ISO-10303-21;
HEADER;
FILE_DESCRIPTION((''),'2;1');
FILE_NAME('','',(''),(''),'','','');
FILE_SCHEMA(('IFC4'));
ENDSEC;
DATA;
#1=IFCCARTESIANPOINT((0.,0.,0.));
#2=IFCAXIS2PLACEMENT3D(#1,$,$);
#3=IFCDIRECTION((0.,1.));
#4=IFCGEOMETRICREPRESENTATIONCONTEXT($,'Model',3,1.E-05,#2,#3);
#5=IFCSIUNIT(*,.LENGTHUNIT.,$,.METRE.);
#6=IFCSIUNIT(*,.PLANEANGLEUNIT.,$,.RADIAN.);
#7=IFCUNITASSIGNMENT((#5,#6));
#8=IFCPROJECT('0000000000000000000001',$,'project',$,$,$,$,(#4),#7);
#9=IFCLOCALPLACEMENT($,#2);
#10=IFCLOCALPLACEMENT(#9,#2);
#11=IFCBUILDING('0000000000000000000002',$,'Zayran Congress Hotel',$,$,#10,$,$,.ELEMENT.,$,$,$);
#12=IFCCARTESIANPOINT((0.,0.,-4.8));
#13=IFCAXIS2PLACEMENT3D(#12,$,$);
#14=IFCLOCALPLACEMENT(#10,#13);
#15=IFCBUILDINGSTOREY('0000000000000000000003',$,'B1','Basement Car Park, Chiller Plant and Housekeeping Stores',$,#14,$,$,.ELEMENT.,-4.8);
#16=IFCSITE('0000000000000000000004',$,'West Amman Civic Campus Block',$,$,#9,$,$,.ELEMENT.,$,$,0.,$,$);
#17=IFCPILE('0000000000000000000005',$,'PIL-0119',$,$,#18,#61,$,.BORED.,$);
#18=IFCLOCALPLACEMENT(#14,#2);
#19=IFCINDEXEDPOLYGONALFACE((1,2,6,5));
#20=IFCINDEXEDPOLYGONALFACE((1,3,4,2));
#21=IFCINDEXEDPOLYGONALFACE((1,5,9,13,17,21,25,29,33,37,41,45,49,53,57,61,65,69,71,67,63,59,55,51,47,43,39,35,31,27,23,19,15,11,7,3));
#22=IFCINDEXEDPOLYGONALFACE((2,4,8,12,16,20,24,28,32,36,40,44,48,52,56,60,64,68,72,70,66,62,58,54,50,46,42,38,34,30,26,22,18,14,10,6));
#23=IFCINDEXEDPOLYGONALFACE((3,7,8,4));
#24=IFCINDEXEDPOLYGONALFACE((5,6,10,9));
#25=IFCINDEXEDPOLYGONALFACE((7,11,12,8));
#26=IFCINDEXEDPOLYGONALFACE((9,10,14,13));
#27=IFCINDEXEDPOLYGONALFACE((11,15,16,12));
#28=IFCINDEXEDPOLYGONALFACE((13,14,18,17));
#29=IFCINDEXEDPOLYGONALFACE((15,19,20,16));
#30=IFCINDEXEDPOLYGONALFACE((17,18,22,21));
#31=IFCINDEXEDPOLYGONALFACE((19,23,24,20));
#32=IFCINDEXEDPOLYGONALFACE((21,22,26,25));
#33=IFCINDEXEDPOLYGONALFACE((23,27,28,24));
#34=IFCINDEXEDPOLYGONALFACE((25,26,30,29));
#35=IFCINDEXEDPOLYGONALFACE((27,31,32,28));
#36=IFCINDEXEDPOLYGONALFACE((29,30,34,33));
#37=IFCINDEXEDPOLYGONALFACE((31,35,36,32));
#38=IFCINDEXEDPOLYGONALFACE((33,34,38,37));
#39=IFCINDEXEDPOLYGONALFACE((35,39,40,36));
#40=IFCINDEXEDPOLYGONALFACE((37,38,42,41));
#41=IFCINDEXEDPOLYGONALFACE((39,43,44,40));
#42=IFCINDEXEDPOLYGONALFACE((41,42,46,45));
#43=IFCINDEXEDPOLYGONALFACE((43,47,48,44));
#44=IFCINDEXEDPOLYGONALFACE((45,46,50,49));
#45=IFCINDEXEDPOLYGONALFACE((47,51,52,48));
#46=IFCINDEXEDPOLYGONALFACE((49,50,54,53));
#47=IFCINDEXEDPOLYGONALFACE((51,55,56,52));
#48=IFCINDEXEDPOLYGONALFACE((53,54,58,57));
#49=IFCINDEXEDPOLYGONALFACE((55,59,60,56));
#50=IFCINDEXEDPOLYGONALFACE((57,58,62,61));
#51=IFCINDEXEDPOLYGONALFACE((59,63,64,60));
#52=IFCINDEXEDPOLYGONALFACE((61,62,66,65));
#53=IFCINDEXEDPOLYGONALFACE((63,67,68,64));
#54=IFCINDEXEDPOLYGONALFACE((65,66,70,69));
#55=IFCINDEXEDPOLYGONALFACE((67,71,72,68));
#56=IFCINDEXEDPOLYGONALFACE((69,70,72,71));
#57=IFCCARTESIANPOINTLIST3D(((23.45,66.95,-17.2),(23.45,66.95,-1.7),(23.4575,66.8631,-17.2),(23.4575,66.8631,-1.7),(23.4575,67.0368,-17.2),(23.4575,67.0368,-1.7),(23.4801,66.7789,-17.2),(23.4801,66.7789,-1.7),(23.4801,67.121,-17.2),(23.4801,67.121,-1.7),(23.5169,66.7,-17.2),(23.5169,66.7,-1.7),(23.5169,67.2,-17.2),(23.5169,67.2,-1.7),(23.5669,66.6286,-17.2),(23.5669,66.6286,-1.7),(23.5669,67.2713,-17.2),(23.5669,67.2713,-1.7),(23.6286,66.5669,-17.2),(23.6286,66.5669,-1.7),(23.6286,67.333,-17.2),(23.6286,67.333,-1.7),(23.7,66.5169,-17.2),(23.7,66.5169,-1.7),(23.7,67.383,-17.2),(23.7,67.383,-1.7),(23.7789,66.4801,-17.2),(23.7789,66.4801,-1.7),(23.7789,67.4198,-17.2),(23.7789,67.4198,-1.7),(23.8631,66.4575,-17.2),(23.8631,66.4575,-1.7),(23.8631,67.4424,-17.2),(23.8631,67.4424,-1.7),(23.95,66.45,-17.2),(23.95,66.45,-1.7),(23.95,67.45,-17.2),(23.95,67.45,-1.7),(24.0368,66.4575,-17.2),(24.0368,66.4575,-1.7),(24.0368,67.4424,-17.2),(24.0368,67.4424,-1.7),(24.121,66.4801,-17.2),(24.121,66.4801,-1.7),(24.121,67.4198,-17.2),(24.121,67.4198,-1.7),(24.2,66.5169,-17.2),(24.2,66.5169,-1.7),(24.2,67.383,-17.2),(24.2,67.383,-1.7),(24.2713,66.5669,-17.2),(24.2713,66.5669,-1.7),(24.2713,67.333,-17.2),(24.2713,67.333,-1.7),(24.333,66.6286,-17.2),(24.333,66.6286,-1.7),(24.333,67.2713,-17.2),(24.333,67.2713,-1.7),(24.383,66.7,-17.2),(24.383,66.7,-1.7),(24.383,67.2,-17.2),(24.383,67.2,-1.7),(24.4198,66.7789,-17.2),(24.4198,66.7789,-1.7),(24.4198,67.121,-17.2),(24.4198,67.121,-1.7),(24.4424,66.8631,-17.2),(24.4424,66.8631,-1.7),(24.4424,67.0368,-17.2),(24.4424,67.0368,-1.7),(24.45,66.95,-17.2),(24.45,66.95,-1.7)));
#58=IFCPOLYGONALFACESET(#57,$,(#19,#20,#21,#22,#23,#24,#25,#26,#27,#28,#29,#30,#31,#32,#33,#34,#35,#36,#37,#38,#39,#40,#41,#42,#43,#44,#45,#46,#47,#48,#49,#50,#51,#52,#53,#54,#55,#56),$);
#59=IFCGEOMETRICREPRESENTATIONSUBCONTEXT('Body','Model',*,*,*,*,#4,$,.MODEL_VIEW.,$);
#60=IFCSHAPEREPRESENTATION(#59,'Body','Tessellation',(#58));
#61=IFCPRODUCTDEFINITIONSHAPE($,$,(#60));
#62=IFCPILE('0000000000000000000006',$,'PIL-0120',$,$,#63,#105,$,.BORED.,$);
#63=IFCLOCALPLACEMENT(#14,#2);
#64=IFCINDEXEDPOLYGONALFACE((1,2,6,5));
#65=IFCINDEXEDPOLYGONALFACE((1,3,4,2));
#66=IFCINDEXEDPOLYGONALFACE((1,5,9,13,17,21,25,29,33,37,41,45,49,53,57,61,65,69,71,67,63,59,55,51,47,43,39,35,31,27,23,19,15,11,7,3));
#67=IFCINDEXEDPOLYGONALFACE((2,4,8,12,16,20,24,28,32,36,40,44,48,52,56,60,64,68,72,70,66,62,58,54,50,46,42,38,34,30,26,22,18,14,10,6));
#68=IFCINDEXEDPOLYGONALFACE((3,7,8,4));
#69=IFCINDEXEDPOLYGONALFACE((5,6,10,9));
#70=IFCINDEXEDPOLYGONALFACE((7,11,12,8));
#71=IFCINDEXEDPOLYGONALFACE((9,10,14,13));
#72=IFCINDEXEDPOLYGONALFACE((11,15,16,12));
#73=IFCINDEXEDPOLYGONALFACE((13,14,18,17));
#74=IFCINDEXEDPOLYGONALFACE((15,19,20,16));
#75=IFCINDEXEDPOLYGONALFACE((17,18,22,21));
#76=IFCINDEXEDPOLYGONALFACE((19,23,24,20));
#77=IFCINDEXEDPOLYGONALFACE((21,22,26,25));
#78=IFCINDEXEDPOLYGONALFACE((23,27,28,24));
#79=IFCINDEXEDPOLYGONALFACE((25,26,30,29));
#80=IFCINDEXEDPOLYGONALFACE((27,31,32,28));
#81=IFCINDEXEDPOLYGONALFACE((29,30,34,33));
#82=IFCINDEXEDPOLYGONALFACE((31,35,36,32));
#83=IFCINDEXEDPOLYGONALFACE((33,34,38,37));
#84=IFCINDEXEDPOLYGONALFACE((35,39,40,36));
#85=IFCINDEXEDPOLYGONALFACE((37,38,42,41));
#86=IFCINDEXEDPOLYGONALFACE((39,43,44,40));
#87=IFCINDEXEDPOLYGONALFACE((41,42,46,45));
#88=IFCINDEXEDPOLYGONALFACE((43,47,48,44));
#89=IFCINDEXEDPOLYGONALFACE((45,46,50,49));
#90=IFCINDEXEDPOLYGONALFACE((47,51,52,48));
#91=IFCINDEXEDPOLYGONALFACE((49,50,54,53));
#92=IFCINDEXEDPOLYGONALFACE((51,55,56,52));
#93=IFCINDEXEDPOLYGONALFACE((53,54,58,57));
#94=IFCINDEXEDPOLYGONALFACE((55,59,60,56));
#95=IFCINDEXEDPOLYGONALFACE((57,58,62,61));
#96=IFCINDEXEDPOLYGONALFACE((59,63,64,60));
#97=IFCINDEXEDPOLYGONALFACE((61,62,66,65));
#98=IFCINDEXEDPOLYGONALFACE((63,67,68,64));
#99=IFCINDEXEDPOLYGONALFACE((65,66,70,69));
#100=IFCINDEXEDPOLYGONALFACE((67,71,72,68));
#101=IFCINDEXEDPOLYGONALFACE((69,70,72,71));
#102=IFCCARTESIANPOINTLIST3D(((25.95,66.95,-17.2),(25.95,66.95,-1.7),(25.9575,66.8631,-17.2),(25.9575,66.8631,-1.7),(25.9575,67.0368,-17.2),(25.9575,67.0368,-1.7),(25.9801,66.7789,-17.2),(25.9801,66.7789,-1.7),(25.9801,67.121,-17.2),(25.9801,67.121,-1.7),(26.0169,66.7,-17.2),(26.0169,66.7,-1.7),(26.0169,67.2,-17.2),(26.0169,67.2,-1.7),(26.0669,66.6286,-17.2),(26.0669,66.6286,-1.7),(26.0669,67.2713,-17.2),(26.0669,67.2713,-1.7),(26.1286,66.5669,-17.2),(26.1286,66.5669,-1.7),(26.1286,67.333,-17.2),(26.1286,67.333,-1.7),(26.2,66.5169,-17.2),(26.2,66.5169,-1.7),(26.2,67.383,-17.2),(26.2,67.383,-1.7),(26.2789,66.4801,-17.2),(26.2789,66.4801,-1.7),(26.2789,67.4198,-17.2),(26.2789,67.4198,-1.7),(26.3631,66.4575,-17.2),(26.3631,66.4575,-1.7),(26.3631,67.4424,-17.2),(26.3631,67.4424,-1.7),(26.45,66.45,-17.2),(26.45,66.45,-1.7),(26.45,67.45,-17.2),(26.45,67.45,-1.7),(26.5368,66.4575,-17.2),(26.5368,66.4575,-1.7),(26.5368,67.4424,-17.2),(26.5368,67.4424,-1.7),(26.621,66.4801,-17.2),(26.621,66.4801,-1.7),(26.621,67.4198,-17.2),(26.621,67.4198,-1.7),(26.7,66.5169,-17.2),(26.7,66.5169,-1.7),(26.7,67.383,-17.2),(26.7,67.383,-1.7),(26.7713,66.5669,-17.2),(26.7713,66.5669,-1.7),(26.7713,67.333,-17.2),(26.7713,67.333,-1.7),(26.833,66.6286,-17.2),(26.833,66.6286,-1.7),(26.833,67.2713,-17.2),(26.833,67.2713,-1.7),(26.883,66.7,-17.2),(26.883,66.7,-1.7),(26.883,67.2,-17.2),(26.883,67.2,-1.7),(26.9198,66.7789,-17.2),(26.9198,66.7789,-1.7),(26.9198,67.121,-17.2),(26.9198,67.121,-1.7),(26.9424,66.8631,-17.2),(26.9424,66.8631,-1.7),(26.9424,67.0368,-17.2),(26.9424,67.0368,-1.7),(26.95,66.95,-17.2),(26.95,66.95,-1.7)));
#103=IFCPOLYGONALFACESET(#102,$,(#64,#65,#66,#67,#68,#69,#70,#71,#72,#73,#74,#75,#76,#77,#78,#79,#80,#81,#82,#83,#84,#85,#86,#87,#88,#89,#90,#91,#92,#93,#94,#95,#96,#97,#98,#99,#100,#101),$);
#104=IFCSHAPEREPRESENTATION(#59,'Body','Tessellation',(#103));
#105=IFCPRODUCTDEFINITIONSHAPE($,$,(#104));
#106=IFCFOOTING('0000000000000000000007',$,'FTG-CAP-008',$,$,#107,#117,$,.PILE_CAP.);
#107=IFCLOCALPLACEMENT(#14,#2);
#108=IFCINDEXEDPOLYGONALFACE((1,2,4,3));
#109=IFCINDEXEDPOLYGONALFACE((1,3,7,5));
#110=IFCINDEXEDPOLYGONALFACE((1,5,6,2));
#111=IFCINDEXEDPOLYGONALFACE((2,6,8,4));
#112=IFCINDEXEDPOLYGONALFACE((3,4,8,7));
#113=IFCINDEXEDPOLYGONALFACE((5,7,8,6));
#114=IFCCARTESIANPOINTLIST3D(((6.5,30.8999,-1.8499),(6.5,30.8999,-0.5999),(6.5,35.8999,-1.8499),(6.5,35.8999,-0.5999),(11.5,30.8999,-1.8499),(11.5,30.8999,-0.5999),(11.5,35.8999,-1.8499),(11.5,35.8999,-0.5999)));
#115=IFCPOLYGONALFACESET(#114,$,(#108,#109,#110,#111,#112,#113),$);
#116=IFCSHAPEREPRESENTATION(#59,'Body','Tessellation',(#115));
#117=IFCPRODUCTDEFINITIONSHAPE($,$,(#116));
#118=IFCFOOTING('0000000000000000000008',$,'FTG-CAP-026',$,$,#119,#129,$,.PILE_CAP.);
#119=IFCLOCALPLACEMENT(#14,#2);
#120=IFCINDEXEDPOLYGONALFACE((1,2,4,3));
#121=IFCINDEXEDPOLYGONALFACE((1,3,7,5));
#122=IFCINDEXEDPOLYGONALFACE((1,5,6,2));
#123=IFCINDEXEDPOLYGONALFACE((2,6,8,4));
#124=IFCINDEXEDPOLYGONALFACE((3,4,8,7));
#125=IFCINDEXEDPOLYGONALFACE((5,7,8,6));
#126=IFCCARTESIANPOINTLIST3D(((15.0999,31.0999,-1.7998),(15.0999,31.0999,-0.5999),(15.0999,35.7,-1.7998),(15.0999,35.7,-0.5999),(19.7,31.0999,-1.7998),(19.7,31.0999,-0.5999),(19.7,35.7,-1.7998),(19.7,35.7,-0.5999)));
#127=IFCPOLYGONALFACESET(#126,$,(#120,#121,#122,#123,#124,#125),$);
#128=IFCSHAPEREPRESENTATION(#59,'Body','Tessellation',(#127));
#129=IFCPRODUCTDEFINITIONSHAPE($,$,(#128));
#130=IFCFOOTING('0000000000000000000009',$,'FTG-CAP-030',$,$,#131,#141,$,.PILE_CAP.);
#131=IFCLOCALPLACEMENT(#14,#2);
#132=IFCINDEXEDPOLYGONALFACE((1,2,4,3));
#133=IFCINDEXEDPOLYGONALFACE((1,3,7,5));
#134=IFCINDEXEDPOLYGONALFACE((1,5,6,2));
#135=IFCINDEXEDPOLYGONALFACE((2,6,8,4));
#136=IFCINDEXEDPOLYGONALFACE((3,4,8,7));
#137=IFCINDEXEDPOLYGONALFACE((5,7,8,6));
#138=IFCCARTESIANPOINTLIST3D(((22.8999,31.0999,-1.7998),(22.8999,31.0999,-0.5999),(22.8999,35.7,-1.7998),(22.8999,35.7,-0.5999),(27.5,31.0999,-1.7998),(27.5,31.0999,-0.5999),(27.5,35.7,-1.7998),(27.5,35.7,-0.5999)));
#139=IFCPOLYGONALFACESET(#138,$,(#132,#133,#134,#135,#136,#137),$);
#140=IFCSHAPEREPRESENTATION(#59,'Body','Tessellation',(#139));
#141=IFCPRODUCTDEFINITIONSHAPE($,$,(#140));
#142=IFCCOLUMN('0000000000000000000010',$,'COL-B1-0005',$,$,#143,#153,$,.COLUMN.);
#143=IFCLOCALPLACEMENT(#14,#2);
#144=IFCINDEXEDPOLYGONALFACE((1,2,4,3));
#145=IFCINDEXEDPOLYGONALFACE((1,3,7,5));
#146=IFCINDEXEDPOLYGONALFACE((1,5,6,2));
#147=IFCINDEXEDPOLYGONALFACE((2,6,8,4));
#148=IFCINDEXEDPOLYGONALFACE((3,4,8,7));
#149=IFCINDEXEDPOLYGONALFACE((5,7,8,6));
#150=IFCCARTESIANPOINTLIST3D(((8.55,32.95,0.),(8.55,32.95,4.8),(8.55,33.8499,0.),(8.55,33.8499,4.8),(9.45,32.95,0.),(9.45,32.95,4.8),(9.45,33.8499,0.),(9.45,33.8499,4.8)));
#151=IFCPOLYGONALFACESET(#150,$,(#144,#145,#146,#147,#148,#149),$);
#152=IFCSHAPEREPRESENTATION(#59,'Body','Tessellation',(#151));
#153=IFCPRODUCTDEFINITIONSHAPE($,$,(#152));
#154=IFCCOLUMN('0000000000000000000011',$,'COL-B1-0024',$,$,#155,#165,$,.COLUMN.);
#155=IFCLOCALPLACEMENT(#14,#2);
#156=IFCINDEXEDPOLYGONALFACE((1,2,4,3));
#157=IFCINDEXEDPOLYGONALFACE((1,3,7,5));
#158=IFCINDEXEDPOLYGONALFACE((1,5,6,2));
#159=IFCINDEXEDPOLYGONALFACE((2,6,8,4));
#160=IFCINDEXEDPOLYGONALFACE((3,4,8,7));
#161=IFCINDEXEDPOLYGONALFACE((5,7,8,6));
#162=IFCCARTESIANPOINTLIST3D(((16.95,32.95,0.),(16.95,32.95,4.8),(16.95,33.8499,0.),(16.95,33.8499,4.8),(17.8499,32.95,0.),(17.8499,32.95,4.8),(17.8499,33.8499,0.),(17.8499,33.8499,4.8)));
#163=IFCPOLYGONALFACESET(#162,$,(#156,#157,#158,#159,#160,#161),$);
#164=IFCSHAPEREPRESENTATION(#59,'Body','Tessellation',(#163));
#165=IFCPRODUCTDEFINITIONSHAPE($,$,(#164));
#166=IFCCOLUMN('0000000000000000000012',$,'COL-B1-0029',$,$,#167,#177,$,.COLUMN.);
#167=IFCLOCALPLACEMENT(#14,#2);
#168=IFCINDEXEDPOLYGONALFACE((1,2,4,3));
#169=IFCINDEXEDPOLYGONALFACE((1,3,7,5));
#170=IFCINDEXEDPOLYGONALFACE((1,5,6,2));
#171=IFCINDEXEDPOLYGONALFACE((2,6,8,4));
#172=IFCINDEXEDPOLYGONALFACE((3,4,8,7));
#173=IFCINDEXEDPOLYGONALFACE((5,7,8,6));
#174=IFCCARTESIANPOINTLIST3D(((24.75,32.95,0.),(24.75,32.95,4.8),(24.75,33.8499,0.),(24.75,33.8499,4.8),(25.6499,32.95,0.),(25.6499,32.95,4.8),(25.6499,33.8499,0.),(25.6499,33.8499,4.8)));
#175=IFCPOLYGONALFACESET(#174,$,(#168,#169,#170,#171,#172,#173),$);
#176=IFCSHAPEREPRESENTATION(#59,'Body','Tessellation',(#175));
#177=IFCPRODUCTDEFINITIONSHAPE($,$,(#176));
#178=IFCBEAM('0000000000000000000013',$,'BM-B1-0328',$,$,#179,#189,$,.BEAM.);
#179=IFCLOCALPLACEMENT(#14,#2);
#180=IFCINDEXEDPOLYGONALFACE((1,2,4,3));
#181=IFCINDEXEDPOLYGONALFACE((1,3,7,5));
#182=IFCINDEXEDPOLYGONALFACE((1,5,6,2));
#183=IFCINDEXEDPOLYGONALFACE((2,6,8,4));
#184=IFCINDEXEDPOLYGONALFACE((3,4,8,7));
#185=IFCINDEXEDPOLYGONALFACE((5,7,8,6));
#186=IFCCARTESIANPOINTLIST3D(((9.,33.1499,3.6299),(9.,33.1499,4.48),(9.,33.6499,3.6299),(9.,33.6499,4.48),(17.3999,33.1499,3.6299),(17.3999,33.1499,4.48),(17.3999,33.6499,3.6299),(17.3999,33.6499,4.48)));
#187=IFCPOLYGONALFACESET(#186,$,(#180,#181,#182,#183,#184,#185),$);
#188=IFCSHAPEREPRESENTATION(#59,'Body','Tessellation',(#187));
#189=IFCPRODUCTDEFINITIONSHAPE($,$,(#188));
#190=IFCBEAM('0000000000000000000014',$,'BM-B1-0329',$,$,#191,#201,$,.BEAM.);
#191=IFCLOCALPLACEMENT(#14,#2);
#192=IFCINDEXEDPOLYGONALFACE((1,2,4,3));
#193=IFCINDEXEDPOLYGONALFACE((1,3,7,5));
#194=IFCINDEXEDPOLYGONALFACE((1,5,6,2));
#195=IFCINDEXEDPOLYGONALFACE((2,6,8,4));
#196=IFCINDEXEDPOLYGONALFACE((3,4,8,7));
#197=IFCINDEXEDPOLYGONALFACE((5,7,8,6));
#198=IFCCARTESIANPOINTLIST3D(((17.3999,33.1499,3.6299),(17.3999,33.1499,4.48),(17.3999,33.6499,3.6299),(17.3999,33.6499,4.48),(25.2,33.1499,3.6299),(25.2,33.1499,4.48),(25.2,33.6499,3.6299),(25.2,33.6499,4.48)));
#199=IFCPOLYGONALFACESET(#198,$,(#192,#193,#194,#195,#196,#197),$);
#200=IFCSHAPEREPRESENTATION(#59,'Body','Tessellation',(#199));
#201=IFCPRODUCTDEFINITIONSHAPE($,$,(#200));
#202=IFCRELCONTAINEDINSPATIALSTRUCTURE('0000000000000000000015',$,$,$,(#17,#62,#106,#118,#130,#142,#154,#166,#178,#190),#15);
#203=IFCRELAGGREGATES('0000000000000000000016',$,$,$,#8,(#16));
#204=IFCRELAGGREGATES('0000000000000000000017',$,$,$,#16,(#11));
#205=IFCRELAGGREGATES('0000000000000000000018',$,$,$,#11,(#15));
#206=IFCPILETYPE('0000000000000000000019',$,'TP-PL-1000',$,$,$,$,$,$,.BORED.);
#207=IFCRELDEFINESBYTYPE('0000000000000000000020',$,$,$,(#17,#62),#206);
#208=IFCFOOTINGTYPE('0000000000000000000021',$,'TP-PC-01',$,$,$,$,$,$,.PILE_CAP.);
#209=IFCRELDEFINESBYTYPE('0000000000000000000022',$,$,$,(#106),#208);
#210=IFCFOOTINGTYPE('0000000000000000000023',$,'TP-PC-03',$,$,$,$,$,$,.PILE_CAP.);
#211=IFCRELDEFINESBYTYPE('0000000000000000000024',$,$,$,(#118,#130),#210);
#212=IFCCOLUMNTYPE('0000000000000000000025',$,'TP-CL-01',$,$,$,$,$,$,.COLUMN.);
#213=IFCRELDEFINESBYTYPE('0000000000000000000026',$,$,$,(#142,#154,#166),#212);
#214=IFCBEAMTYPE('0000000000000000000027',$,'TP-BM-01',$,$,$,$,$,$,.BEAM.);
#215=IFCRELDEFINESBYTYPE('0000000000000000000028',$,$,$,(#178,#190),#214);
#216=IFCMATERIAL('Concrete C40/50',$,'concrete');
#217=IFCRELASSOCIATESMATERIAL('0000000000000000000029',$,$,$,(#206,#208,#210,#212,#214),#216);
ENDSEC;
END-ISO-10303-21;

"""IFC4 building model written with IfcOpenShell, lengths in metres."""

from ifc_helpers import new_model, si_unit, direction, frame, origin, origin_2d, place, context, subcontext, project, spatial, rectangle, circle, extrude, material, material_profile, profile_set, type_object, element, save


model = new_model("IFC4")

# Units and contexts
model_context = context("Model", 3, precision=1e-05, world=origin(), true_north=direction((0.0, 1.0)))
body_context = subcontext(model_context, "Body", "Model", "MODEL_VIEW")
ifc_project = project(units=[si_unit("LENGTHUNIT", "METRE"), si_unit("PLANEANGLEUNIT", "RADIAN")], contexts=[model_context])

# Site, building, storey
site_placement = place(None, origin())
site = spatial("IfcSite", under=ifc_project, at=site_placement, Name="West Amman Civic Campus Block", CompositionType="ELEMENT", RefElevation=0.0)
building_placement = place(site_placement, origin())
building = spatial("IfcBuilding", under=site, at=building_placement, Name="Zayran Congress Hotel", CompositionType="ELEMENT")
storey_placement = place(building_placement, frame((0.0, 0.0, -4.8)))
storey = spatial("IfcBuildingStorey", under=building, at=storey_placement, Name="B1", Description="Basement Car Park, Chiller Plant and Housekeeping Stores", CompositionType="ELEMENT", Elevation=-4.8)

# Piles
ifc_material = material(Name="Concrete C40/50", Category="concrete")
ifc_material_profile_1 = material_profile(ifc_material, circle(Radius=0.5, at=origin_2d()), Name="PILE D1000")
ifc_profile_set_1 = profile_set([ifc_material_profile_1], Name="Concrete C40/50")
pile_type_1 = type_object("IfcPileType", Name="TP-PL-1000", PredefinedType="BORED", material=ifc_profile_set_1)
for number, where, z_axis, x_axis, name in (
    (1, (23.95, 66.95, -1.7), (0.0, 0.0, -1.0), (1.0, 0.0, 0.0), "PIL-0119"),
    (2, (26.45, 66.95, -1.7), (0.0, 0.0, -1.0), (1.0, 0.0, 0.0), "PIL-0120"),
):
    element("IfcPile", number, at=place(storey_placement, frame(where, z_axis=z_axis, x_axis=x_axis)), inside=storey, type_object=pile_type_1, Name=name, PredefinedType="BORED", context=body_context, shape_type="SweptSolid", body=[
        extrude(circle(Radius=0.5, at=origin_2d()), origin(), (0.0, 0.0, 1.0), 15.5),
    ])

# Footings
footing_type_1 = type_object("IfcFootingType", Name="TP-PC-01", PredefinedType="PILE_CAP", material=ifc_material)
footing_placement = place(storey_placement, frame((9.0, 33.3999, -1.8499), z_axis=(0.0, 0.0, 1.0), x_axis=(1.0, 0.0, 0.0)))
element("IfcFooting", 3, at=footing_placement, inside=storey, type_object=footing_type_1, Name="FTG-CAP-008", PredefinedType="PILE_CAP", context=body_context, shape_type="SweptSolid", body=[
    extrude(rectangle(XDim=5.0, YDim=5.0, at=origin_2d()), origin(), (0.0, 0.0, 1.0), 1.25),
])
footing_type_2 = type_object("IfcFootingType", Name="TP-PC-03", PredefinedType="PILE_CAP", material=ifc_material)
for number, where, z_axis, x_axis, name in (
    (4, (17.3999, 33.3999, -1.7998), (0.0, 0.0, 1.0), (1.0, 0.0, 0.0), "FTG-CAP-026"),
    (5, (25.2, 33.3999, -1.7998), (0.0, 0.0, 1.0), (1.0, 0.0, 0.0), "FTG-CAP-030"),
):
    element("IfcFooting", number, at=place(storey_placement, frame(where, z_axis=z_axis, x_axis=x_axis)), inside=storey, type_object=footing_type_2, Name=name, PredefinedType="PILE_CAP", context=body_context, shape_type="SweptSolid", body=[
        extrude(rectangle(XDim=4.6001, YDim=4.6001, at=origin_2d()), origin(), (0.0, 0.0, 1.0), 1.2),
    ])

# Columns
ifc_material_profile_2 = material_profile(ifc_material, rectangle(XDim=0.8999, YDim=0.8999, at=origin_2d()), Name="RC 900x900")
ifc_profile_set_2 = profile_set([ifc_material_profile_2], Name="Concrete C40/50")
column_type = type_object("IfcColumnType", Name="TP-CL-01", PredefinedType="COLUMN", material=ifc_profile_set_2)
for number, where, z_axis, x_axis, name in (
    (6, (9.0, 33.3999, 0.0), (0.0, 0.0, 1.0), (1.0, 0.0, 0.0), "COL-B1-0005"),
    (7, (17.3999, 33.3999, 0.0), (0.0, 0.0, 1.0), (1.0, 0.0, 0.0), "COL-B1-0024"),
    (8, (25.2, 33.3999, 0.0), (0.0, 0.0, 1.0), (1.0, 0.0, 0.0), "COL-B1-0029"),
):
    element("IfcColumn", number, at=place(storey_placement, frame(where, z_axis=z_axis, x_axis=x_axis)), inside=storey, type_object=column_type, Name=name, PredefinedType="COLUMN", context=body_context, shape_type="SweptSolid", body=[
        extrude(rectangle(XDim=0.8999, YDim=0.8999, at=origin_2d()), origin(), (0.0, 0.0, 1.0), 4.8),
    ])

# Beams
ifc_material_profile_3 = material_profile(ifc_material, rectangle(XDim=0.5, YDim=0.8501, at=origin_2d()), Name="RC 500x850")
ifc_profile_set_3 = profile_set([ifc_material_profile_3], Name="Concrete C40/50")
beam_type = type_object("IfcBeamType", Name="TP-BM-01", PredefinedType="BEAM", material=ifc_profile_set_3)
beam_1_placement = place(storey_placement, frame((9.0, 33.3999, 4.0549), z_axis=(1.0, 0.0, 0.0), x_axis=(0.0, 1.0, 0.0)))
element("IfcBeam", 9, at=beam_1_placement, inside=storey, type_object=beam_type, Name="BM-B1-0328", PredefinedType="BEAM", context=body_context, shape_type="SweptSolid", body=[
    extrude(rectangle(XDim=0.5, YDim=0.8501, at=origin_2d()), origin(), (0.0, 0.0, 1.0), 8.3999),
])
beam_2_placement = place(storey_placement, frame((17.3999, 33.3999, 4.0549), z_axis=(1.0, 0.0, 0.0), x_axis=(0.0, 1.0, 0.0)))
element("IfcBeam", 10, at=beam_2_placement, inside=storey, type_object=beam_type, Name="BM-B1-0329", PredefinedType="BEAM", context=body_context, shape_type="SweptSolid", body=[
    extrude(rectangle(XDim=0.5, YDim=0.8501, at=origin_2d()), origin(), (0.0, 0.0, 1.0), 7.8),
])

save(model, "model.ifc")
